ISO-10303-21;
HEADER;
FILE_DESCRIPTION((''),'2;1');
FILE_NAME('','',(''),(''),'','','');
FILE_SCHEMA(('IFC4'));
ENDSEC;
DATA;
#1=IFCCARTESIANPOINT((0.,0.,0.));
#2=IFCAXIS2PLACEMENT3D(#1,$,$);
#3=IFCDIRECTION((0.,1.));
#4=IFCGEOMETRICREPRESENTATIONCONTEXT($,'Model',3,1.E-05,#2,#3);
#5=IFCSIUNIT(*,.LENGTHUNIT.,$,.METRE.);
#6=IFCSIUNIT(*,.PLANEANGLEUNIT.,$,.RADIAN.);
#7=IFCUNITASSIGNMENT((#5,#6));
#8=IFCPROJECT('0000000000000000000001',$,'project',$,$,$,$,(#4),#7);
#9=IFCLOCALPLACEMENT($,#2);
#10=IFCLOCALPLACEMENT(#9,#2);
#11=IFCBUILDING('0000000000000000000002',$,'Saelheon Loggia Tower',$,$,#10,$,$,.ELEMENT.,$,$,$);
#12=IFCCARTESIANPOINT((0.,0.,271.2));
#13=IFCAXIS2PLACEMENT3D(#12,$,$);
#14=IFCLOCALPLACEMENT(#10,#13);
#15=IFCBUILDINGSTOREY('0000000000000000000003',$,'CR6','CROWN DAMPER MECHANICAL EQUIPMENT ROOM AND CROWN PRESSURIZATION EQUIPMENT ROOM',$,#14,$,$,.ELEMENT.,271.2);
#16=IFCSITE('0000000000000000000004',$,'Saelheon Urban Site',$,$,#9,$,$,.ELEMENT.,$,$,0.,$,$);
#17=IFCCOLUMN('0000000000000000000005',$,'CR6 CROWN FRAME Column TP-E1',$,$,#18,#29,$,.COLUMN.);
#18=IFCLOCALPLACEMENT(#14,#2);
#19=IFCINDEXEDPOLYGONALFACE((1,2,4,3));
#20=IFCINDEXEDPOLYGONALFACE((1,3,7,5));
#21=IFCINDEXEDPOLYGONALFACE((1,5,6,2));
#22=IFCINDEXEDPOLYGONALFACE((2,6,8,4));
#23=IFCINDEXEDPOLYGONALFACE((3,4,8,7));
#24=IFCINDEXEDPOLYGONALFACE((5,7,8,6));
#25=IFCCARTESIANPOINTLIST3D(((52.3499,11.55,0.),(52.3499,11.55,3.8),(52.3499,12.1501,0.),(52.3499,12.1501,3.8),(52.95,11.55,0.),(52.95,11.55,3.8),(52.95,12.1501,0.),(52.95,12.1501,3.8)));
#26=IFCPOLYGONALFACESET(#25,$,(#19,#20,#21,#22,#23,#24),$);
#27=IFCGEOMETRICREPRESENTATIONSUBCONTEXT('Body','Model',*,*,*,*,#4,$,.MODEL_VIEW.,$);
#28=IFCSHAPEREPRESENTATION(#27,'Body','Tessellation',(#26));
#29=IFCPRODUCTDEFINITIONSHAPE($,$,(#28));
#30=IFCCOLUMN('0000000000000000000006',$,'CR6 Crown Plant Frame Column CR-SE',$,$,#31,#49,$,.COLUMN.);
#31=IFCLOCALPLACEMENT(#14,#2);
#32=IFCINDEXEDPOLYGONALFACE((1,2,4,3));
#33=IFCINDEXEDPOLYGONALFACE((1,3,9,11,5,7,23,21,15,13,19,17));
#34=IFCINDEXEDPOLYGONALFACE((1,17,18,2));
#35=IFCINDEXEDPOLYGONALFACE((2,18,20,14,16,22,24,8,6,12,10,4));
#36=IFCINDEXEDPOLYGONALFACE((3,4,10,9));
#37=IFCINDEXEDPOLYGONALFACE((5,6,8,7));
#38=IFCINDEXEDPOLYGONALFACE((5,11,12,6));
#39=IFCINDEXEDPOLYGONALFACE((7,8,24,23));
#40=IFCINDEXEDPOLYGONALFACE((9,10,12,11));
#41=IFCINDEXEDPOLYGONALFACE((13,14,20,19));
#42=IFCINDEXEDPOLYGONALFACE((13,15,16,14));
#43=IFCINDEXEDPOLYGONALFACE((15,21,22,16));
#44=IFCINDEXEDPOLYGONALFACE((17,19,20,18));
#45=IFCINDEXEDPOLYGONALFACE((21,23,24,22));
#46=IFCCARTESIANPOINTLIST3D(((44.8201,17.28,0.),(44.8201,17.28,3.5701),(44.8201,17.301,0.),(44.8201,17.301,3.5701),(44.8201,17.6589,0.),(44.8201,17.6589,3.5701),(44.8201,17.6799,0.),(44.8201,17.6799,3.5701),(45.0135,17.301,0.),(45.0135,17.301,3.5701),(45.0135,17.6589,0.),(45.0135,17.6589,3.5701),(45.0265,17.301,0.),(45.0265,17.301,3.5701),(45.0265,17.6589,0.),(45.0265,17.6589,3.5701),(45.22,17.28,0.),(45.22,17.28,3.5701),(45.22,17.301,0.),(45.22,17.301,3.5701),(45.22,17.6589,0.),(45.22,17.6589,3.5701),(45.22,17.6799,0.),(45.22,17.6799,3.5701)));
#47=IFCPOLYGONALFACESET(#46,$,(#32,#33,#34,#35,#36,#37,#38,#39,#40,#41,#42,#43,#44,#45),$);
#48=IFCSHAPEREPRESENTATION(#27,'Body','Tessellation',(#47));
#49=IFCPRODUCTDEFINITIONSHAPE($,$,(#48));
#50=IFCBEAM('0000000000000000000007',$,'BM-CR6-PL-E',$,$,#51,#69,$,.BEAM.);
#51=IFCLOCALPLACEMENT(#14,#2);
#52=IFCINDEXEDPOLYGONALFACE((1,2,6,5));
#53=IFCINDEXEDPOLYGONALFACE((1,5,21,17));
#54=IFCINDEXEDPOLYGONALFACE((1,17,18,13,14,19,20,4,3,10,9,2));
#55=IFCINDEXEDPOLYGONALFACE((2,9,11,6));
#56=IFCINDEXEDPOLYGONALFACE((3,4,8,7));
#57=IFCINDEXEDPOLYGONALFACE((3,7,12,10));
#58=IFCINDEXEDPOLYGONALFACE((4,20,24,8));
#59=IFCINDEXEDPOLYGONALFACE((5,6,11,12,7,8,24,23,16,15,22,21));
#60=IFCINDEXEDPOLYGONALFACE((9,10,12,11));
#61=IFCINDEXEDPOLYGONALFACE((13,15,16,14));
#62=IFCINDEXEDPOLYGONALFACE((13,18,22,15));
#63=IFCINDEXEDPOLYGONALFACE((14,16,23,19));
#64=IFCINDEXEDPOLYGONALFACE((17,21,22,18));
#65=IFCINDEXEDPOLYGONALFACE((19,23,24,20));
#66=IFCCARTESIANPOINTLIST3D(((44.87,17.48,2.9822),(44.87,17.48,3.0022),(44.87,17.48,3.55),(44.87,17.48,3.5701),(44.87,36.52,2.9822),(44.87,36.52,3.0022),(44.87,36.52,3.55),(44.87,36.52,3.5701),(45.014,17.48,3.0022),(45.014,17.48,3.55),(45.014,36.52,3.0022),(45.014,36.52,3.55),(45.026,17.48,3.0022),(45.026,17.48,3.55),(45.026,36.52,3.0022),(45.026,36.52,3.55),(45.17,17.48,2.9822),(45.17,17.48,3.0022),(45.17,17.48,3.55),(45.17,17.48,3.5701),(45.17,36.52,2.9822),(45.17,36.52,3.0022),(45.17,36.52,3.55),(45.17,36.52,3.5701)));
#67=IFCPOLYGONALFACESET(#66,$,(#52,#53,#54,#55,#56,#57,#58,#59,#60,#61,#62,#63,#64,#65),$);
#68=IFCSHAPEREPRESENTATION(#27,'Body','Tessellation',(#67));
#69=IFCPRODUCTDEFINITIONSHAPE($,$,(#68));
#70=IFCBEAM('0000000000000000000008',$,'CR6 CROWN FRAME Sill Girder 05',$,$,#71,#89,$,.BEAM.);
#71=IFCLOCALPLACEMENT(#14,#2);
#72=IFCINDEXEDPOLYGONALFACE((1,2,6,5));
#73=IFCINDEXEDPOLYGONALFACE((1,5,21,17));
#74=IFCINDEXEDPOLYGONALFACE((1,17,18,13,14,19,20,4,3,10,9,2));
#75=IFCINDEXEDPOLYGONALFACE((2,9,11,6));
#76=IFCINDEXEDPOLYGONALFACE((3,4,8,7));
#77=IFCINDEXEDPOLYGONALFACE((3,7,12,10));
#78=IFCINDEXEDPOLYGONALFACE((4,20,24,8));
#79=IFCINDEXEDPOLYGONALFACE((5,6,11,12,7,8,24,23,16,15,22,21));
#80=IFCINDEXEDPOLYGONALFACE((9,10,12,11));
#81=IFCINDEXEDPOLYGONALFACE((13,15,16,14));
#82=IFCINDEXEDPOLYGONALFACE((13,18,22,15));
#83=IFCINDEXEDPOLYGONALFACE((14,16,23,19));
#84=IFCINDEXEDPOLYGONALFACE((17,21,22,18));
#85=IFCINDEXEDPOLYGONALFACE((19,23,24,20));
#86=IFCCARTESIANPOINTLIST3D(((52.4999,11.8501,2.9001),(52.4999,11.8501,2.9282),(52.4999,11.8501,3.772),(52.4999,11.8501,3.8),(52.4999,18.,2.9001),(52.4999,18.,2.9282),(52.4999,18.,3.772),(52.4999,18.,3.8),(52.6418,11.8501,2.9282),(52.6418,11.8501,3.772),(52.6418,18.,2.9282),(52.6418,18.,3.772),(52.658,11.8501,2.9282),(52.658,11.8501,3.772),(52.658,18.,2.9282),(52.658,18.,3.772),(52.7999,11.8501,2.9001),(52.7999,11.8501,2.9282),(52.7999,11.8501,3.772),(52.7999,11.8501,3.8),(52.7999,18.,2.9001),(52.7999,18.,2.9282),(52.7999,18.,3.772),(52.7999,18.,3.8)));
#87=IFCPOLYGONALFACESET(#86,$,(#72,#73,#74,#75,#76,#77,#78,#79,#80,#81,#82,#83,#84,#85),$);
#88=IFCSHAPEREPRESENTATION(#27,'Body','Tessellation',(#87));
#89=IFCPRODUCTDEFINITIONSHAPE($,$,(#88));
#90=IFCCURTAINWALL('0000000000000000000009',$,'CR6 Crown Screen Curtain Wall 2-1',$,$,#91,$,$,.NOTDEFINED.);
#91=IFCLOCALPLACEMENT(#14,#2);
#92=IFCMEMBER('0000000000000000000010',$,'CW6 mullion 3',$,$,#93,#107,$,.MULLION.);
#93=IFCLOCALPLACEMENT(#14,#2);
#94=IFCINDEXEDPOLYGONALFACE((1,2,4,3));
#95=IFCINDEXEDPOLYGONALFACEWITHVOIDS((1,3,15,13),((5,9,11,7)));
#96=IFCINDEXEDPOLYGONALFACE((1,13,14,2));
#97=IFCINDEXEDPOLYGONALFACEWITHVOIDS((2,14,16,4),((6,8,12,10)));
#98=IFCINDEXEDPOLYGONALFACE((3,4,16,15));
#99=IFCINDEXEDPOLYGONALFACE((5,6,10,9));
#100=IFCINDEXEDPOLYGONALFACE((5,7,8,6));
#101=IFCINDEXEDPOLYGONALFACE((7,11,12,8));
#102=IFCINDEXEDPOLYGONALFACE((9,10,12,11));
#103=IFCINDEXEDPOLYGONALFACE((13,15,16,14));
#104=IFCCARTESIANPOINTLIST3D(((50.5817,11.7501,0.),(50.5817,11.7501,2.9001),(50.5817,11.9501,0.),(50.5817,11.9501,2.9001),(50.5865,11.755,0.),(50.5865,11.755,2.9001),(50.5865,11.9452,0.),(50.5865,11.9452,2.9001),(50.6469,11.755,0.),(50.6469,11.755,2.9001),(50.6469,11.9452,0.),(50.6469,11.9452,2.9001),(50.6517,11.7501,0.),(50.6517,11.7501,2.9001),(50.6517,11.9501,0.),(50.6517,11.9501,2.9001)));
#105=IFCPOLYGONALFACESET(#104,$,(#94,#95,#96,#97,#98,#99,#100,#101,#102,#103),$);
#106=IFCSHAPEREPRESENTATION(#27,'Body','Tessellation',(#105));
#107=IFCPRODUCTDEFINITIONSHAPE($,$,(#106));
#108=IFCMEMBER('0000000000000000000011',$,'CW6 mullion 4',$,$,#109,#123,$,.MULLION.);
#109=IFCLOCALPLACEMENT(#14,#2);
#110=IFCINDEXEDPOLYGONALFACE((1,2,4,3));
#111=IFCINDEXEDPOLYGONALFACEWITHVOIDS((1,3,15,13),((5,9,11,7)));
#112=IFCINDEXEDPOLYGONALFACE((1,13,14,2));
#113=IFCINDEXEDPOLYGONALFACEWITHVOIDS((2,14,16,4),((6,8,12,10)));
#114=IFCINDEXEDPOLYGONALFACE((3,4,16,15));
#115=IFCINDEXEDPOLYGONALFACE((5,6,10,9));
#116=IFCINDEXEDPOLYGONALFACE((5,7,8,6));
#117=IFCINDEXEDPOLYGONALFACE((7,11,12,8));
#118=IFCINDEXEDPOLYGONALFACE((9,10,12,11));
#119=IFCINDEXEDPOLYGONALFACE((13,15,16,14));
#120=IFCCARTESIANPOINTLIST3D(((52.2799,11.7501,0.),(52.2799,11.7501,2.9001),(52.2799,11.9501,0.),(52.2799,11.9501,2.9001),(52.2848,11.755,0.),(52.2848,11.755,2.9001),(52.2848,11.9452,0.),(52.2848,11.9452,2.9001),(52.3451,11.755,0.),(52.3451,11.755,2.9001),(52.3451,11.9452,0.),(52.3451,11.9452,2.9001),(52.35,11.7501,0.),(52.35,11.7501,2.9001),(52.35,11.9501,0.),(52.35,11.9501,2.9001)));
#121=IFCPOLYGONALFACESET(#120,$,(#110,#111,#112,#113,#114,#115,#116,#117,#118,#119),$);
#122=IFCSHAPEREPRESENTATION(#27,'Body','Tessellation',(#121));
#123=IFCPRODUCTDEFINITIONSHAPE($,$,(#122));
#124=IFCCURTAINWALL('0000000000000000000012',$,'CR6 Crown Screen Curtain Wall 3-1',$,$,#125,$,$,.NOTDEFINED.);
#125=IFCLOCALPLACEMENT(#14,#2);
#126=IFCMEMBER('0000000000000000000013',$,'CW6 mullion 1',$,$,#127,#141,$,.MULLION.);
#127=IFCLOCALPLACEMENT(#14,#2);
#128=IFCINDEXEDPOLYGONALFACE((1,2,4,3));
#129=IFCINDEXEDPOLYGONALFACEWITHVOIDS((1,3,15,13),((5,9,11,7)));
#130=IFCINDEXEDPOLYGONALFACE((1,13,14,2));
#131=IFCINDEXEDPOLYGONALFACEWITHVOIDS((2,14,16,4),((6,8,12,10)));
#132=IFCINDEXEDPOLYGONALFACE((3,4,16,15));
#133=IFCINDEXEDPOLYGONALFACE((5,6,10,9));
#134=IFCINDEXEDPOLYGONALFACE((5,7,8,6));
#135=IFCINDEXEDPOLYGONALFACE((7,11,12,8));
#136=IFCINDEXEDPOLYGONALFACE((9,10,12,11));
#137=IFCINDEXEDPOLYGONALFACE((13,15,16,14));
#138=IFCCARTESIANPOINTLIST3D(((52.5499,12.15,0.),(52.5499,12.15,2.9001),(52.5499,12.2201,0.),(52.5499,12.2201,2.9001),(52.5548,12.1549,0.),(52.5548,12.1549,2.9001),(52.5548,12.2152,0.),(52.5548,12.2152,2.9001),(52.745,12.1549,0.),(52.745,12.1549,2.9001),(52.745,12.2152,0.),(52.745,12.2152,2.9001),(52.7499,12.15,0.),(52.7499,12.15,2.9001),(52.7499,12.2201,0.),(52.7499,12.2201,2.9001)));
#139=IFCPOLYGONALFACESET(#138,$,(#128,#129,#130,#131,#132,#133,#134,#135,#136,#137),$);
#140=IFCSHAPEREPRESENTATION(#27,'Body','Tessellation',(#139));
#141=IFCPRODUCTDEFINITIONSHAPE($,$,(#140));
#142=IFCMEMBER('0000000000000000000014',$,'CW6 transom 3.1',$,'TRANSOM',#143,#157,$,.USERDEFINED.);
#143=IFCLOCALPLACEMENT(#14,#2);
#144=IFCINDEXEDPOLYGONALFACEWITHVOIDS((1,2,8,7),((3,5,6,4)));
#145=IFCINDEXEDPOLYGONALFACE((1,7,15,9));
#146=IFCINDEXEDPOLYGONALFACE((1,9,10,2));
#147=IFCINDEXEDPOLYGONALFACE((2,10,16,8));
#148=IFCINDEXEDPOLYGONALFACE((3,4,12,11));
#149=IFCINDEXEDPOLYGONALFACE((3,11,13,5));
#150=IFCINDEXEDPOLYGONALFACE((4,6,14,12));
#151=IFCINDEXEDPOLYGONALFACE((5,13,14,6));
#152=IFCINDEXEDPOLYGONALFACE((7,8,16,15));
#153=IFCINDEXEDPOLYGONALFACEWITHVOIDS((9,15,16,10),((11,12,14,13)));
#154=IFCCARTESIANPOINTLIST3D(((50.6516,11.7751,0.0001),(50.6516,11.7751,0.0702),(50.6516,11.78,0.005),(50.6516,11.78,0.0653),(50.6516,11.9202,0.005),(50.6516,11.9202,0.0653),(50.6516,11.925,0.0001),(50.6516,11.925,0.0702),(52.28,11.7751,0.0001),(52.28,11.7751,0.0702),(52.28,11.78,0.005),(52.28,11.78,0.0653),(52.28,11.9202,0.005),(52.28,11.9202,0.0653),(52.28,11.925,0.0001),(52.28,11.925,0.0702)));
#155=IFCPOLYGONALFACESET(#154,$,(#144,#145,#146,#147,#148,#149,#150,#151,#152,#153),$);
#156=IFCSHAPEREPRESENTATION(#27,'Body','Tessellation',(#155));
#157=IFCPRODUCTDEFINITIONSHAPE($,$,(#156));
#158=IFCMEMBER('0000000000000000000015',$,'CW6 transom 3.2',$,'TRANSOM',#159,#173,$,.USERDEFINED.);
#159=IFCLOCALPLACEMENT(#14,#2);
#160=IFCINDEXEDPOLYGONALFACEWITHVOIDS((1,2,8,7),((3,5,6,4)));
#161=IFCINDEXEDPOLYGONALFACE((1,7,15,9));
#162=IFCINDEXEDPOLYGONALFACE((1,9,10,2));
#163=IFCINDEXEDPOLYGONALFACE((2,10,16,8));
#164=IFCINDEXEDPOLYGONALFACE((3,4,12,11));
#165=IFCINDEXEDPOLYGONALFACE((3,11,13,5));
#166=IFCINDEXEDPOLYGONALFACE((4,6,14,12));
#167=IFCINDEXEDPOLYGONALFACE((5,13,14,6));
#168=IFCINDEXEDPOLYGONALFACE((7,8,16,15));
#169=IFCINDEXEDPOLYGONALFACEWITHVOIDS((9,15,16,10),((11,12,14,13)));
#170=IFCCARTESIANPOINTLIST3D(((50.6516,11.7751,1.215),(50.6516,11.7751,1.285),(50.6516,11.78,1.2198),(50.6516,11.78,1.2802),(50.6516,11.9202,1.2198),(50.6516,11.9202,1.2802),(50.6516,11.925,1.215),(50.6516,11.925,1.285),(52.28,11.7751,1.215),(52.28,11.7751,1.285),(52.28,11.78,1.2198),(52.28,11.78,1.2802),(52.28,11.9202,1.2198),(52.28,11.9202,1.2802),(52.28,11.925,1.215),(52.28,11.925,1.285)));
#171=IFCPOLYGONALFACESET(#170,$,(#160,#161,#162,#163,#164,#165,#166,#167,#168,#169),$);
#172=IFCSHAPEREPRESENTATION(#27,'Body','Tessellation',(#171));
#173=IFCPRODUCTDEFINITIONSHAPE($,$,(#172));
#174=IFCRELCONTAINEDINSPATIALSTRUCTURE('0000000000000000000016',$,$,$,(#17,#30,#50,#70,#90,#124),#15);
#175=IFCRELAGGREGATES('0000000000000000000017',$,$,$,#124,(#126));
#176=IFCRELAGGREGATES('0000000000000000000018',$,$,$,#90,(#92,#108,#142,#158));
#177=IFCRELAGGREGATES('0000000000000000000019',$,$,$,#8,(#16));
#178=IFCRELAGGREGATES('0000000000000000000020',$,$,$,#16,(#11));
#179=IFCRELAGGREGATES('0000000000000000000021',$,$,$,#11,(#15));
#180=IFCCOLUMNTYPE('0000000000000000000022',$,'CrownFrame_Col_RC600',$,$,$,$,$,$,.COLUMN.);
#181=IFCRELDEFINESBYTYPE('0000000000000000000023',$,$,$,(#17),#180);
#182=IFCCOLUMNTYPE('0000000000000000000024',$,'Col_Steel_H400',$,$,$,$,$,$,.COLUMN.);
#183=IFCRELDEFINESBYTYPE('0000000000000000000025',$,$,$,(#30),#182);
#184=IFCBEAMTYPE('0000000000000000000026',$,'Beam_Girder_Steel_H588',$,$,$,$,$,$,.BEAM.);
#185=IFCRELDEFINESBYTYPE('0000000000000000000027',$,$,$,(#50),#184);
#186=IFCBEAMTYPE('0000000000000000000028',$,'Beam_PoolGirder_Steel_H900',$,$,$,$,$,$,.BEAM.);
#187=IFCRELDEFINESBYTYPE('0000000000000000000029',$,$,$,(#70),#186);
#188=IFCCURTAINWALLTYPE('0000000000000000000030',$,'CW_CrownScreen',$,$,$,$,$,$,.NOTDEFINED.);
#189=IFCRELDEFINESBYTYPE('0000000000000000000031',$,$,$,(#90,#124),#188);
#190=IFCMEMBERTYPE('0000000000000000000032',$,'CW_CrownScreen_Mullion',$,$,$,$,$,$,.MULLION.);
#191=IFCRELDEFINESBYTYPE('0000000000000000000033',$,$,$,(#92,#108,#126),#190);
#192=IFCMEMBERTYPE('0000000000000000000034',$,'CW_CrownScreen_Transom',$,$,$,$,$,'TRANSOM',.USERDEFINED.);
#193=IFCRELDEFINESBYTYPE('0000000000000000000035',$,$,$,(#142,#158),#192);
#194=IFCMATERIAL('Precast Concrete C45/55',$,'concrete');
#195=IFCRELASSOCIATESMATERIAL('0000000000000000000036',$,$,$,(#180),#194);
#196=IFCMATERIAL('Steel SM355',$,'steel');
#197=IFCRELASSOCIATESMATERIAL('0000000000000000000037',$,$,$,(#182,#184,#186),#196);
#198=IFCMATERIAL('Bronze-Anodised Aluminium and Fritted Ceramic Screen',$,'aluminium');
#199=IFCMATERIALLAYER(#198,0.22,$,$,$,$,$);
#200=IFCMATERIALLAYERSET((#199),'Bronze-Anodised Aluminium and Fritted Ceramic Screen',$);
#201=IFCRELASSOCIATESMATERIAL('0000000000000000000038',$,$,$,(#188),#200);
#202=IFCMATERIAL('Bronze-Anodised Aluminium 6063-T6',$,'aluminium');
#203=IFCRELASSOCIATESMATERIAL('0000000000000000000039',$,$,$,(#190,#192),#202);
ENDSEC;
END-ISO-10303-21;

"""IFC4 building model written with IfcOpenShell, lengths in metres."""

from ifc_helpers import new_model, si_unit, direction, frame, origin, origin_2d, place, context, subcontext, project, spatial, rectangle, hollow_rectangle, i_section, extrude, source, transform, mapped, material, layer, layer_set, material_profile, profile_set, type_object, element, aggregate, save


model = new_model("IFC4")

# Units and contexts
model_context = context("Model", 3, precision=1e-05, world=origin(), true_north=direction((0.0, 1.0)))
body_context = subcontext(model_context, "Body", "Model", "MODEL_VIEW")
ifc_project = project(units=[si_unit("LENGTHUNIT", "METRE"), si_unit("PLANEANGLEUNIT", "RADIAN")], contexts=[model_context])

# Site, building, storey
site_placement = place(None, origin())
site = spatial("IfcSite", under=ifc_project, at=site_placement, Name="Saelheon Urban Site", CompositionType="ELEMENT", RefElevation=0.0)
building_placement = place(site_placement, origin())
building = spatial("IfcBuilding", under=site, at=building_placement, Name="Saelheon Loggia Tower", CompositionType="ELEMENT")
storey_placement = place(building_placement, frame((0.0, 0.0, 271.2)))
storey = spatial("IfcBuildingStorey", under=building, at=storey_placement, Name="CR6", Description="CROWN DAMPER MECHANICAL EQUIPMENT ROOM AND CROWN PRESSURIZATION EQUIPMENT ROOM", CompositionType="ELEMENT", Elevation=271.2)

# Columns
ifc_material_1 = material(Name="Precast Concrete C45/55", Category="concrete")
ifc_material_profile_1 = material_profile(ifc_material_1, rectangle(XDim=0.6001, YDim=0.6001, at=origin_2d()), Name="RC-600x600")
ifc_profile_set_1 = profile_set([ifc_material_profile_1], Name="Precast Concrete C45/55")
column_type_1 = type_object("IfcColumnType", Name="CrownFrame_Col_RC600", PredefinedType="COLUMN", material=ifc_profile_set_1)
shared_shape_1 = source(origin(), body_context, "Body", "SweptSolid", [
    extrude(rectangle(XDim=0.6001, YDim=0.6001, at=origin_2d()), origin(), (0.0, 0.0, 1.0), 3.8),
])
column_1_placement = place(storey_placement, frame((52.6499, 11.8501, 0.0), z_axis=(0.0, 0.0, 1.0), x_axis=(1.0, 0.0, 0.0)))
element("IfcColumn", 1, at=column_1_placement, inside=storey, type_object=column_type_1, Name="CR6 CROWN FRAME Column TP-E1", PredefinedType="COLUMN", context=body_context, shape_type="MappedRepresentation", body=[
    mapped(shared_shape_1, transform((0.0, 0.0, 0.0), scale=1.0)),
])
ifc_material_2 = material(Name="Steel SM355", Category="steel")
ifc_material_profile_2 = material_profile(ifc_material_2, i_section(OverallWidth=0.3999, OverallDepth=0.3999, WebThickness=0.0129, FlangeThickness=0.021, at=origin_2d()), Name="H-400x400x13x21")
ifc_profile_set_2 = profile_set([ifc_material_profile_2], Name="Steel SM355")
column_type_2 = type_object("IfcColumnType", Name="Col_Steel_H400", PredefinedType="COLUMN", material=ifc_profile_set_2)
shared_shape_2 = source(origin(), body_context, "Body", "SweptSolid", [
    extrude(i_section(OverallWidth=0.3999, OverallDepth=0.3999, WebThickness=0.0129, FlangeThickness=0.021, at=origin_2d()), origin(), (0.0, 0.0, 1.0), 3.5701),
])
column_2_placement = place(storey_placement, frame((45.02, 17.48, 0.0), z_axis=(0.0, 0.0, 1.0), x_axis=(1.0, 0.0, 0.0)))
element("IfcColumn", 2, at=column_2_placement, inside=storey, type_object=column_type_2, Name="CR6 Crown Plant Frame Column CR-SE", PredefinedType="COLUMN", context=body_context, shape_type="MappedRepresentation", body=[
    mapped(shared_shape_2, transform((0.0, 0.0, 0.0), scale=1.0)),
])

# Beams
ifc_material_profile_3 = material_profile(ifc_material_2, i_section(OverallWidth=0.3, OverallDepth=0.5879, WebThickness=0.012, FlangeThickness=0.02, at=origin_2d()), Name="H-588x300x12x20")
ifc_profile_set_3 = profile_set([ifc_material_profile_3], Name="Steel SM355")
beam_type_1 = type_object("IfcBeamType", Name="Beam_Girder_Steel_H588", PredefinedType="BEAM", material=ifc_profile_set_3)
shared_shape_3 = source(origin(), body_context, "Body", "SweptSolid", [
    extrude(i_section(OverallWidth=0.3, OverallDepth=0.5879, WebThickness=0.012, FlangeThickness=0.02, at=origin_2d()), origin(), (0.0, 0.0, 1.0), 19.04),
])
beam_1_placement = place(storey_placement, frame((45.02, 17.48, 3.2761), z_axis=(0.0, 1.0, 0.0), x_axis=(-1.0, 0.0, 0.0)))
element("IfcBeam", 3, at=beam_1_placement, inside=storey, type_object=beam_type_1, Name="BM-CR6-PL-E", PredefinedType="BEAM", context=body_context, shape_type="MappedRepresentation", body=[
    mapped(shared_shape_3, transform((0.0, 0.0, 0.0), scale=1.0)),
])
ifc_material_profile_4 = material_profile(ifc_material_2, i_section(OverallWidth=0.3, OverallDepth=0.8999, WebThickness=0.0161, FlangeThickness=0.0281, at=origin_2d()), Name="H-900x300x16x28")
ifc_profile_set_4 = profile_set([ifc_material_profile_4], Name="Steel SM355")
beam_type_2 = type_object("IfcBeamType", Name="Beam_PoolGirder_Steel_H900", PredefinedType="BEAM", material=ifc_profile_set_4)
shared_shape_4 = source(origin(), body_context, "Body", "SweptSolid", [
    extrude(i_section(OverallWidth=0.3, OverallDepth=0.8999, WebThickness=0.0161, FlangeThickness=0.0281, at=origin_2d()), origin(), (0.0, 0.0, 1.0), 6.1499),
])
beam_2_placement = place(storey_placement, frame((52.6499, 11.8501, 3.3501), z_axis=(0.0, 1.0, 0.0), x_axis=(-1.0, 0.0, 0.0)))
element("IfcBeam", 4, at=beam_2_placement, inside=storey, type_object=beam_type_2, Name="CR6 CROWN FRAME Sill Girder 05", PredefinedType="BEAM", context=body_context, shape_type="MappedRepresentation", body=[
    mapped(shared_shape_4, transform((0.0, 0.0, 0.0), scale=1.0)),
])

# Curtain wall, members
ifc_material_3 = material(Name="Bronze-Anodised Aluminium and Fritted Ceramic Screen", Category="aluminium")
ifc_layer_1 = layer(ifc_material_3, 0.22)
ifc_layer_set_1 = layer_set([ifc_layer_1], Name="Bronze-Anodised Aluminium and Fritted Ceramic Screen")
curtain_wall_type = type_object("IfcCurtainWallType", Name="CW_CrownScreen", PredefinedType="NOTDEFINED", material=ifc_layer_set_1)
curtain_wall_1_placement = place(storey_placement, origin())
curtain_wall_1 = element("IfcCurtainWall", 5, at=curtain_wall_1_placement, inside=storey, type_object=curtain_wall_type, Name="CR6 Crown Screen Curtain Wall 2-1", PredefinedType="NOTDEFINED")
ifc_material_4 = material(Name="Bronze-Anodised Aluminium 6063-T6", Category="aluminium")
ifc_material_profile_5 = material_profile(ifc_material_4, hollow_rectangle(XDim=0.0701, YDim=0.2, WallThickness=0.0049, at=origin_2d()), Name="RHS-200x70x5")
ifc_profile_set_5 = profile_set([ifc_material_profile_5], Name="Bronze-Anodised Aluminium 6063-T6")
member_type_1 = type_object("IfcMemberType", Name="CW_CrownScreen_Mullion", PredefinedType="MULLION", material=ifc_profile_set_5)
shared_shape_5 = source(origin(), body_context, "Body", "SweptSolid", [
    extrude(hollow_rectangle(XDim=0.0701, YDim=0.2, WallThickness=0.0049, at=origin_2d()), origin(), (0.0, 0.0, 1.0), 2.9001),
])
member_1_placement = place(storey_placement, frame((50.6167, 11.8501, 0.0), z_axis=(0.0, 0.0, 1.0), x_axis=(1.0, 0.0, 0.0)))
member_1 = element("IfcMember", 6, at=member_1_placement, type_object=member_type_1, Name="CW6 mullion 3", PredefinedType="MULLION", context=body_context, shape_type="MappedRepresentation", body=[
    mapped(shared_shape_5, transform((0.0, 0.0, 0.0), scale=1.0)),
])
member_2_placement = place(storey_placement, frame((52.3149, 11.8501, 0.0), z_axis=(0.0, 0.0, 1.0), x_axis=(1.0, 0.0, 0.0)))
member_2 = element("IfcMember", 7, at=member_2_placement, type_object=member_type_1, Name="CW6 mullion 4", PredefinedType="MULLION", context=body_context, shape_type="MappedRepresentation", body=[
    mapped(shared_shape_5, transform((0.0, 0.0, 0.0), scale=1.0)),
])

# Curtain wall, member
curtain_wall_2_placement = place(storey_placement, origin())
curtain_wall_2 = element("IfcCurtainWall", 8, at=curtain_wall_2_placement, inside=storey, type_object=curtain_wall_type, Name="CR6 Crown Screen Curtain Wall 3-1", PredefinedType="NOTDEFINED")
member_3_placement = place(storey_placement, frame((52.6499, 12.1851, 0.0), z_axis=(0.0, 0.0, 1.0), x_axis=(0.0, 1.0, 0.0)))
member_3 = element("IfcMember", 9, at=member_3_placement, type_object=member_type_1, Name="CW6 mullion 1", PredefinedType="MULLION", context=body_context, shape_type="MappedRepresentation", body=[
    mapped(shared_shape_5, transform((0.0, 0.0, 0.0), scale=1.0)),
])

# Members
ifc_material_profile_6 = material_profile(ifc_material_4, hollow_rectangle(XDim=0.0701, YDim=0.1499, WallThickness=0.0049, at=origin_2d()), Name="RHS-150x70x5")
ifc_profile_set_6 = profile_set([ifc_material_profile_6], Name="Bronze-Anodised Aluminium 6063-T6")
member_type_2 = type_object("IfcMemberType", Name="CW_CrownScreen_Transom", ElementType="TRANSOM", PredefinedType="USERDEFINED", material=ifc_profile_set_6)
shared_shape_6 = source(origin(), body_context, "Body", "SweptSolid", [
    extrude(hollow_rectangle(XDim=0.0701, YDim=0.1499, WallThickness=0.0049, at=origin_2d()), origin(), (0.0, 0.0, 1.0), 1.6284),
])
member_4_placement = place(storey_placement, frame((50.6516, 11.8501, 0.0352), z_axis=(1.0, 0.0, 0.0), x_axis=(0.0, 0.0, 1.0)))
member_4 = element("IfcMember", 10, at=member_4_placement, type_object=member_type_2, Name="CW6 transom 3.1", ObjectType="TRANSOM", PredefinedType="USERDEFINED", context=body_context, shape_type="MappedRepresentation", body=[
    mapped(shared_shape_6, transform((0.0, 0.0, 0.0), scale=1.0)),
])
member_5_placement = place(storey_placement, frame((50.6516, 11.8501, 1.25), z_axis=(1.0, 0.0, 0.0), x_axis=(0.0, 0.0, 1.0)))
member_5 = element("IfcMember", 11, at=member_5_placement, type_object=member_type_2, Name="CW6 transom 3.2", ObjectType="TRANSOM", PredefinedType="USERDEFINED", context=body_context, shape_type="MappedRepresentation", body=[
    mapped(shared_shape_6, transform((0.0, 0.0, 0.0), scale=1.0)),
])
aggregate(curtain_wall_2, [member_3])

aggregate(curtain_wall_1, [member_1, member_2, member_4, member_5])

save(model, "model.ifc")
